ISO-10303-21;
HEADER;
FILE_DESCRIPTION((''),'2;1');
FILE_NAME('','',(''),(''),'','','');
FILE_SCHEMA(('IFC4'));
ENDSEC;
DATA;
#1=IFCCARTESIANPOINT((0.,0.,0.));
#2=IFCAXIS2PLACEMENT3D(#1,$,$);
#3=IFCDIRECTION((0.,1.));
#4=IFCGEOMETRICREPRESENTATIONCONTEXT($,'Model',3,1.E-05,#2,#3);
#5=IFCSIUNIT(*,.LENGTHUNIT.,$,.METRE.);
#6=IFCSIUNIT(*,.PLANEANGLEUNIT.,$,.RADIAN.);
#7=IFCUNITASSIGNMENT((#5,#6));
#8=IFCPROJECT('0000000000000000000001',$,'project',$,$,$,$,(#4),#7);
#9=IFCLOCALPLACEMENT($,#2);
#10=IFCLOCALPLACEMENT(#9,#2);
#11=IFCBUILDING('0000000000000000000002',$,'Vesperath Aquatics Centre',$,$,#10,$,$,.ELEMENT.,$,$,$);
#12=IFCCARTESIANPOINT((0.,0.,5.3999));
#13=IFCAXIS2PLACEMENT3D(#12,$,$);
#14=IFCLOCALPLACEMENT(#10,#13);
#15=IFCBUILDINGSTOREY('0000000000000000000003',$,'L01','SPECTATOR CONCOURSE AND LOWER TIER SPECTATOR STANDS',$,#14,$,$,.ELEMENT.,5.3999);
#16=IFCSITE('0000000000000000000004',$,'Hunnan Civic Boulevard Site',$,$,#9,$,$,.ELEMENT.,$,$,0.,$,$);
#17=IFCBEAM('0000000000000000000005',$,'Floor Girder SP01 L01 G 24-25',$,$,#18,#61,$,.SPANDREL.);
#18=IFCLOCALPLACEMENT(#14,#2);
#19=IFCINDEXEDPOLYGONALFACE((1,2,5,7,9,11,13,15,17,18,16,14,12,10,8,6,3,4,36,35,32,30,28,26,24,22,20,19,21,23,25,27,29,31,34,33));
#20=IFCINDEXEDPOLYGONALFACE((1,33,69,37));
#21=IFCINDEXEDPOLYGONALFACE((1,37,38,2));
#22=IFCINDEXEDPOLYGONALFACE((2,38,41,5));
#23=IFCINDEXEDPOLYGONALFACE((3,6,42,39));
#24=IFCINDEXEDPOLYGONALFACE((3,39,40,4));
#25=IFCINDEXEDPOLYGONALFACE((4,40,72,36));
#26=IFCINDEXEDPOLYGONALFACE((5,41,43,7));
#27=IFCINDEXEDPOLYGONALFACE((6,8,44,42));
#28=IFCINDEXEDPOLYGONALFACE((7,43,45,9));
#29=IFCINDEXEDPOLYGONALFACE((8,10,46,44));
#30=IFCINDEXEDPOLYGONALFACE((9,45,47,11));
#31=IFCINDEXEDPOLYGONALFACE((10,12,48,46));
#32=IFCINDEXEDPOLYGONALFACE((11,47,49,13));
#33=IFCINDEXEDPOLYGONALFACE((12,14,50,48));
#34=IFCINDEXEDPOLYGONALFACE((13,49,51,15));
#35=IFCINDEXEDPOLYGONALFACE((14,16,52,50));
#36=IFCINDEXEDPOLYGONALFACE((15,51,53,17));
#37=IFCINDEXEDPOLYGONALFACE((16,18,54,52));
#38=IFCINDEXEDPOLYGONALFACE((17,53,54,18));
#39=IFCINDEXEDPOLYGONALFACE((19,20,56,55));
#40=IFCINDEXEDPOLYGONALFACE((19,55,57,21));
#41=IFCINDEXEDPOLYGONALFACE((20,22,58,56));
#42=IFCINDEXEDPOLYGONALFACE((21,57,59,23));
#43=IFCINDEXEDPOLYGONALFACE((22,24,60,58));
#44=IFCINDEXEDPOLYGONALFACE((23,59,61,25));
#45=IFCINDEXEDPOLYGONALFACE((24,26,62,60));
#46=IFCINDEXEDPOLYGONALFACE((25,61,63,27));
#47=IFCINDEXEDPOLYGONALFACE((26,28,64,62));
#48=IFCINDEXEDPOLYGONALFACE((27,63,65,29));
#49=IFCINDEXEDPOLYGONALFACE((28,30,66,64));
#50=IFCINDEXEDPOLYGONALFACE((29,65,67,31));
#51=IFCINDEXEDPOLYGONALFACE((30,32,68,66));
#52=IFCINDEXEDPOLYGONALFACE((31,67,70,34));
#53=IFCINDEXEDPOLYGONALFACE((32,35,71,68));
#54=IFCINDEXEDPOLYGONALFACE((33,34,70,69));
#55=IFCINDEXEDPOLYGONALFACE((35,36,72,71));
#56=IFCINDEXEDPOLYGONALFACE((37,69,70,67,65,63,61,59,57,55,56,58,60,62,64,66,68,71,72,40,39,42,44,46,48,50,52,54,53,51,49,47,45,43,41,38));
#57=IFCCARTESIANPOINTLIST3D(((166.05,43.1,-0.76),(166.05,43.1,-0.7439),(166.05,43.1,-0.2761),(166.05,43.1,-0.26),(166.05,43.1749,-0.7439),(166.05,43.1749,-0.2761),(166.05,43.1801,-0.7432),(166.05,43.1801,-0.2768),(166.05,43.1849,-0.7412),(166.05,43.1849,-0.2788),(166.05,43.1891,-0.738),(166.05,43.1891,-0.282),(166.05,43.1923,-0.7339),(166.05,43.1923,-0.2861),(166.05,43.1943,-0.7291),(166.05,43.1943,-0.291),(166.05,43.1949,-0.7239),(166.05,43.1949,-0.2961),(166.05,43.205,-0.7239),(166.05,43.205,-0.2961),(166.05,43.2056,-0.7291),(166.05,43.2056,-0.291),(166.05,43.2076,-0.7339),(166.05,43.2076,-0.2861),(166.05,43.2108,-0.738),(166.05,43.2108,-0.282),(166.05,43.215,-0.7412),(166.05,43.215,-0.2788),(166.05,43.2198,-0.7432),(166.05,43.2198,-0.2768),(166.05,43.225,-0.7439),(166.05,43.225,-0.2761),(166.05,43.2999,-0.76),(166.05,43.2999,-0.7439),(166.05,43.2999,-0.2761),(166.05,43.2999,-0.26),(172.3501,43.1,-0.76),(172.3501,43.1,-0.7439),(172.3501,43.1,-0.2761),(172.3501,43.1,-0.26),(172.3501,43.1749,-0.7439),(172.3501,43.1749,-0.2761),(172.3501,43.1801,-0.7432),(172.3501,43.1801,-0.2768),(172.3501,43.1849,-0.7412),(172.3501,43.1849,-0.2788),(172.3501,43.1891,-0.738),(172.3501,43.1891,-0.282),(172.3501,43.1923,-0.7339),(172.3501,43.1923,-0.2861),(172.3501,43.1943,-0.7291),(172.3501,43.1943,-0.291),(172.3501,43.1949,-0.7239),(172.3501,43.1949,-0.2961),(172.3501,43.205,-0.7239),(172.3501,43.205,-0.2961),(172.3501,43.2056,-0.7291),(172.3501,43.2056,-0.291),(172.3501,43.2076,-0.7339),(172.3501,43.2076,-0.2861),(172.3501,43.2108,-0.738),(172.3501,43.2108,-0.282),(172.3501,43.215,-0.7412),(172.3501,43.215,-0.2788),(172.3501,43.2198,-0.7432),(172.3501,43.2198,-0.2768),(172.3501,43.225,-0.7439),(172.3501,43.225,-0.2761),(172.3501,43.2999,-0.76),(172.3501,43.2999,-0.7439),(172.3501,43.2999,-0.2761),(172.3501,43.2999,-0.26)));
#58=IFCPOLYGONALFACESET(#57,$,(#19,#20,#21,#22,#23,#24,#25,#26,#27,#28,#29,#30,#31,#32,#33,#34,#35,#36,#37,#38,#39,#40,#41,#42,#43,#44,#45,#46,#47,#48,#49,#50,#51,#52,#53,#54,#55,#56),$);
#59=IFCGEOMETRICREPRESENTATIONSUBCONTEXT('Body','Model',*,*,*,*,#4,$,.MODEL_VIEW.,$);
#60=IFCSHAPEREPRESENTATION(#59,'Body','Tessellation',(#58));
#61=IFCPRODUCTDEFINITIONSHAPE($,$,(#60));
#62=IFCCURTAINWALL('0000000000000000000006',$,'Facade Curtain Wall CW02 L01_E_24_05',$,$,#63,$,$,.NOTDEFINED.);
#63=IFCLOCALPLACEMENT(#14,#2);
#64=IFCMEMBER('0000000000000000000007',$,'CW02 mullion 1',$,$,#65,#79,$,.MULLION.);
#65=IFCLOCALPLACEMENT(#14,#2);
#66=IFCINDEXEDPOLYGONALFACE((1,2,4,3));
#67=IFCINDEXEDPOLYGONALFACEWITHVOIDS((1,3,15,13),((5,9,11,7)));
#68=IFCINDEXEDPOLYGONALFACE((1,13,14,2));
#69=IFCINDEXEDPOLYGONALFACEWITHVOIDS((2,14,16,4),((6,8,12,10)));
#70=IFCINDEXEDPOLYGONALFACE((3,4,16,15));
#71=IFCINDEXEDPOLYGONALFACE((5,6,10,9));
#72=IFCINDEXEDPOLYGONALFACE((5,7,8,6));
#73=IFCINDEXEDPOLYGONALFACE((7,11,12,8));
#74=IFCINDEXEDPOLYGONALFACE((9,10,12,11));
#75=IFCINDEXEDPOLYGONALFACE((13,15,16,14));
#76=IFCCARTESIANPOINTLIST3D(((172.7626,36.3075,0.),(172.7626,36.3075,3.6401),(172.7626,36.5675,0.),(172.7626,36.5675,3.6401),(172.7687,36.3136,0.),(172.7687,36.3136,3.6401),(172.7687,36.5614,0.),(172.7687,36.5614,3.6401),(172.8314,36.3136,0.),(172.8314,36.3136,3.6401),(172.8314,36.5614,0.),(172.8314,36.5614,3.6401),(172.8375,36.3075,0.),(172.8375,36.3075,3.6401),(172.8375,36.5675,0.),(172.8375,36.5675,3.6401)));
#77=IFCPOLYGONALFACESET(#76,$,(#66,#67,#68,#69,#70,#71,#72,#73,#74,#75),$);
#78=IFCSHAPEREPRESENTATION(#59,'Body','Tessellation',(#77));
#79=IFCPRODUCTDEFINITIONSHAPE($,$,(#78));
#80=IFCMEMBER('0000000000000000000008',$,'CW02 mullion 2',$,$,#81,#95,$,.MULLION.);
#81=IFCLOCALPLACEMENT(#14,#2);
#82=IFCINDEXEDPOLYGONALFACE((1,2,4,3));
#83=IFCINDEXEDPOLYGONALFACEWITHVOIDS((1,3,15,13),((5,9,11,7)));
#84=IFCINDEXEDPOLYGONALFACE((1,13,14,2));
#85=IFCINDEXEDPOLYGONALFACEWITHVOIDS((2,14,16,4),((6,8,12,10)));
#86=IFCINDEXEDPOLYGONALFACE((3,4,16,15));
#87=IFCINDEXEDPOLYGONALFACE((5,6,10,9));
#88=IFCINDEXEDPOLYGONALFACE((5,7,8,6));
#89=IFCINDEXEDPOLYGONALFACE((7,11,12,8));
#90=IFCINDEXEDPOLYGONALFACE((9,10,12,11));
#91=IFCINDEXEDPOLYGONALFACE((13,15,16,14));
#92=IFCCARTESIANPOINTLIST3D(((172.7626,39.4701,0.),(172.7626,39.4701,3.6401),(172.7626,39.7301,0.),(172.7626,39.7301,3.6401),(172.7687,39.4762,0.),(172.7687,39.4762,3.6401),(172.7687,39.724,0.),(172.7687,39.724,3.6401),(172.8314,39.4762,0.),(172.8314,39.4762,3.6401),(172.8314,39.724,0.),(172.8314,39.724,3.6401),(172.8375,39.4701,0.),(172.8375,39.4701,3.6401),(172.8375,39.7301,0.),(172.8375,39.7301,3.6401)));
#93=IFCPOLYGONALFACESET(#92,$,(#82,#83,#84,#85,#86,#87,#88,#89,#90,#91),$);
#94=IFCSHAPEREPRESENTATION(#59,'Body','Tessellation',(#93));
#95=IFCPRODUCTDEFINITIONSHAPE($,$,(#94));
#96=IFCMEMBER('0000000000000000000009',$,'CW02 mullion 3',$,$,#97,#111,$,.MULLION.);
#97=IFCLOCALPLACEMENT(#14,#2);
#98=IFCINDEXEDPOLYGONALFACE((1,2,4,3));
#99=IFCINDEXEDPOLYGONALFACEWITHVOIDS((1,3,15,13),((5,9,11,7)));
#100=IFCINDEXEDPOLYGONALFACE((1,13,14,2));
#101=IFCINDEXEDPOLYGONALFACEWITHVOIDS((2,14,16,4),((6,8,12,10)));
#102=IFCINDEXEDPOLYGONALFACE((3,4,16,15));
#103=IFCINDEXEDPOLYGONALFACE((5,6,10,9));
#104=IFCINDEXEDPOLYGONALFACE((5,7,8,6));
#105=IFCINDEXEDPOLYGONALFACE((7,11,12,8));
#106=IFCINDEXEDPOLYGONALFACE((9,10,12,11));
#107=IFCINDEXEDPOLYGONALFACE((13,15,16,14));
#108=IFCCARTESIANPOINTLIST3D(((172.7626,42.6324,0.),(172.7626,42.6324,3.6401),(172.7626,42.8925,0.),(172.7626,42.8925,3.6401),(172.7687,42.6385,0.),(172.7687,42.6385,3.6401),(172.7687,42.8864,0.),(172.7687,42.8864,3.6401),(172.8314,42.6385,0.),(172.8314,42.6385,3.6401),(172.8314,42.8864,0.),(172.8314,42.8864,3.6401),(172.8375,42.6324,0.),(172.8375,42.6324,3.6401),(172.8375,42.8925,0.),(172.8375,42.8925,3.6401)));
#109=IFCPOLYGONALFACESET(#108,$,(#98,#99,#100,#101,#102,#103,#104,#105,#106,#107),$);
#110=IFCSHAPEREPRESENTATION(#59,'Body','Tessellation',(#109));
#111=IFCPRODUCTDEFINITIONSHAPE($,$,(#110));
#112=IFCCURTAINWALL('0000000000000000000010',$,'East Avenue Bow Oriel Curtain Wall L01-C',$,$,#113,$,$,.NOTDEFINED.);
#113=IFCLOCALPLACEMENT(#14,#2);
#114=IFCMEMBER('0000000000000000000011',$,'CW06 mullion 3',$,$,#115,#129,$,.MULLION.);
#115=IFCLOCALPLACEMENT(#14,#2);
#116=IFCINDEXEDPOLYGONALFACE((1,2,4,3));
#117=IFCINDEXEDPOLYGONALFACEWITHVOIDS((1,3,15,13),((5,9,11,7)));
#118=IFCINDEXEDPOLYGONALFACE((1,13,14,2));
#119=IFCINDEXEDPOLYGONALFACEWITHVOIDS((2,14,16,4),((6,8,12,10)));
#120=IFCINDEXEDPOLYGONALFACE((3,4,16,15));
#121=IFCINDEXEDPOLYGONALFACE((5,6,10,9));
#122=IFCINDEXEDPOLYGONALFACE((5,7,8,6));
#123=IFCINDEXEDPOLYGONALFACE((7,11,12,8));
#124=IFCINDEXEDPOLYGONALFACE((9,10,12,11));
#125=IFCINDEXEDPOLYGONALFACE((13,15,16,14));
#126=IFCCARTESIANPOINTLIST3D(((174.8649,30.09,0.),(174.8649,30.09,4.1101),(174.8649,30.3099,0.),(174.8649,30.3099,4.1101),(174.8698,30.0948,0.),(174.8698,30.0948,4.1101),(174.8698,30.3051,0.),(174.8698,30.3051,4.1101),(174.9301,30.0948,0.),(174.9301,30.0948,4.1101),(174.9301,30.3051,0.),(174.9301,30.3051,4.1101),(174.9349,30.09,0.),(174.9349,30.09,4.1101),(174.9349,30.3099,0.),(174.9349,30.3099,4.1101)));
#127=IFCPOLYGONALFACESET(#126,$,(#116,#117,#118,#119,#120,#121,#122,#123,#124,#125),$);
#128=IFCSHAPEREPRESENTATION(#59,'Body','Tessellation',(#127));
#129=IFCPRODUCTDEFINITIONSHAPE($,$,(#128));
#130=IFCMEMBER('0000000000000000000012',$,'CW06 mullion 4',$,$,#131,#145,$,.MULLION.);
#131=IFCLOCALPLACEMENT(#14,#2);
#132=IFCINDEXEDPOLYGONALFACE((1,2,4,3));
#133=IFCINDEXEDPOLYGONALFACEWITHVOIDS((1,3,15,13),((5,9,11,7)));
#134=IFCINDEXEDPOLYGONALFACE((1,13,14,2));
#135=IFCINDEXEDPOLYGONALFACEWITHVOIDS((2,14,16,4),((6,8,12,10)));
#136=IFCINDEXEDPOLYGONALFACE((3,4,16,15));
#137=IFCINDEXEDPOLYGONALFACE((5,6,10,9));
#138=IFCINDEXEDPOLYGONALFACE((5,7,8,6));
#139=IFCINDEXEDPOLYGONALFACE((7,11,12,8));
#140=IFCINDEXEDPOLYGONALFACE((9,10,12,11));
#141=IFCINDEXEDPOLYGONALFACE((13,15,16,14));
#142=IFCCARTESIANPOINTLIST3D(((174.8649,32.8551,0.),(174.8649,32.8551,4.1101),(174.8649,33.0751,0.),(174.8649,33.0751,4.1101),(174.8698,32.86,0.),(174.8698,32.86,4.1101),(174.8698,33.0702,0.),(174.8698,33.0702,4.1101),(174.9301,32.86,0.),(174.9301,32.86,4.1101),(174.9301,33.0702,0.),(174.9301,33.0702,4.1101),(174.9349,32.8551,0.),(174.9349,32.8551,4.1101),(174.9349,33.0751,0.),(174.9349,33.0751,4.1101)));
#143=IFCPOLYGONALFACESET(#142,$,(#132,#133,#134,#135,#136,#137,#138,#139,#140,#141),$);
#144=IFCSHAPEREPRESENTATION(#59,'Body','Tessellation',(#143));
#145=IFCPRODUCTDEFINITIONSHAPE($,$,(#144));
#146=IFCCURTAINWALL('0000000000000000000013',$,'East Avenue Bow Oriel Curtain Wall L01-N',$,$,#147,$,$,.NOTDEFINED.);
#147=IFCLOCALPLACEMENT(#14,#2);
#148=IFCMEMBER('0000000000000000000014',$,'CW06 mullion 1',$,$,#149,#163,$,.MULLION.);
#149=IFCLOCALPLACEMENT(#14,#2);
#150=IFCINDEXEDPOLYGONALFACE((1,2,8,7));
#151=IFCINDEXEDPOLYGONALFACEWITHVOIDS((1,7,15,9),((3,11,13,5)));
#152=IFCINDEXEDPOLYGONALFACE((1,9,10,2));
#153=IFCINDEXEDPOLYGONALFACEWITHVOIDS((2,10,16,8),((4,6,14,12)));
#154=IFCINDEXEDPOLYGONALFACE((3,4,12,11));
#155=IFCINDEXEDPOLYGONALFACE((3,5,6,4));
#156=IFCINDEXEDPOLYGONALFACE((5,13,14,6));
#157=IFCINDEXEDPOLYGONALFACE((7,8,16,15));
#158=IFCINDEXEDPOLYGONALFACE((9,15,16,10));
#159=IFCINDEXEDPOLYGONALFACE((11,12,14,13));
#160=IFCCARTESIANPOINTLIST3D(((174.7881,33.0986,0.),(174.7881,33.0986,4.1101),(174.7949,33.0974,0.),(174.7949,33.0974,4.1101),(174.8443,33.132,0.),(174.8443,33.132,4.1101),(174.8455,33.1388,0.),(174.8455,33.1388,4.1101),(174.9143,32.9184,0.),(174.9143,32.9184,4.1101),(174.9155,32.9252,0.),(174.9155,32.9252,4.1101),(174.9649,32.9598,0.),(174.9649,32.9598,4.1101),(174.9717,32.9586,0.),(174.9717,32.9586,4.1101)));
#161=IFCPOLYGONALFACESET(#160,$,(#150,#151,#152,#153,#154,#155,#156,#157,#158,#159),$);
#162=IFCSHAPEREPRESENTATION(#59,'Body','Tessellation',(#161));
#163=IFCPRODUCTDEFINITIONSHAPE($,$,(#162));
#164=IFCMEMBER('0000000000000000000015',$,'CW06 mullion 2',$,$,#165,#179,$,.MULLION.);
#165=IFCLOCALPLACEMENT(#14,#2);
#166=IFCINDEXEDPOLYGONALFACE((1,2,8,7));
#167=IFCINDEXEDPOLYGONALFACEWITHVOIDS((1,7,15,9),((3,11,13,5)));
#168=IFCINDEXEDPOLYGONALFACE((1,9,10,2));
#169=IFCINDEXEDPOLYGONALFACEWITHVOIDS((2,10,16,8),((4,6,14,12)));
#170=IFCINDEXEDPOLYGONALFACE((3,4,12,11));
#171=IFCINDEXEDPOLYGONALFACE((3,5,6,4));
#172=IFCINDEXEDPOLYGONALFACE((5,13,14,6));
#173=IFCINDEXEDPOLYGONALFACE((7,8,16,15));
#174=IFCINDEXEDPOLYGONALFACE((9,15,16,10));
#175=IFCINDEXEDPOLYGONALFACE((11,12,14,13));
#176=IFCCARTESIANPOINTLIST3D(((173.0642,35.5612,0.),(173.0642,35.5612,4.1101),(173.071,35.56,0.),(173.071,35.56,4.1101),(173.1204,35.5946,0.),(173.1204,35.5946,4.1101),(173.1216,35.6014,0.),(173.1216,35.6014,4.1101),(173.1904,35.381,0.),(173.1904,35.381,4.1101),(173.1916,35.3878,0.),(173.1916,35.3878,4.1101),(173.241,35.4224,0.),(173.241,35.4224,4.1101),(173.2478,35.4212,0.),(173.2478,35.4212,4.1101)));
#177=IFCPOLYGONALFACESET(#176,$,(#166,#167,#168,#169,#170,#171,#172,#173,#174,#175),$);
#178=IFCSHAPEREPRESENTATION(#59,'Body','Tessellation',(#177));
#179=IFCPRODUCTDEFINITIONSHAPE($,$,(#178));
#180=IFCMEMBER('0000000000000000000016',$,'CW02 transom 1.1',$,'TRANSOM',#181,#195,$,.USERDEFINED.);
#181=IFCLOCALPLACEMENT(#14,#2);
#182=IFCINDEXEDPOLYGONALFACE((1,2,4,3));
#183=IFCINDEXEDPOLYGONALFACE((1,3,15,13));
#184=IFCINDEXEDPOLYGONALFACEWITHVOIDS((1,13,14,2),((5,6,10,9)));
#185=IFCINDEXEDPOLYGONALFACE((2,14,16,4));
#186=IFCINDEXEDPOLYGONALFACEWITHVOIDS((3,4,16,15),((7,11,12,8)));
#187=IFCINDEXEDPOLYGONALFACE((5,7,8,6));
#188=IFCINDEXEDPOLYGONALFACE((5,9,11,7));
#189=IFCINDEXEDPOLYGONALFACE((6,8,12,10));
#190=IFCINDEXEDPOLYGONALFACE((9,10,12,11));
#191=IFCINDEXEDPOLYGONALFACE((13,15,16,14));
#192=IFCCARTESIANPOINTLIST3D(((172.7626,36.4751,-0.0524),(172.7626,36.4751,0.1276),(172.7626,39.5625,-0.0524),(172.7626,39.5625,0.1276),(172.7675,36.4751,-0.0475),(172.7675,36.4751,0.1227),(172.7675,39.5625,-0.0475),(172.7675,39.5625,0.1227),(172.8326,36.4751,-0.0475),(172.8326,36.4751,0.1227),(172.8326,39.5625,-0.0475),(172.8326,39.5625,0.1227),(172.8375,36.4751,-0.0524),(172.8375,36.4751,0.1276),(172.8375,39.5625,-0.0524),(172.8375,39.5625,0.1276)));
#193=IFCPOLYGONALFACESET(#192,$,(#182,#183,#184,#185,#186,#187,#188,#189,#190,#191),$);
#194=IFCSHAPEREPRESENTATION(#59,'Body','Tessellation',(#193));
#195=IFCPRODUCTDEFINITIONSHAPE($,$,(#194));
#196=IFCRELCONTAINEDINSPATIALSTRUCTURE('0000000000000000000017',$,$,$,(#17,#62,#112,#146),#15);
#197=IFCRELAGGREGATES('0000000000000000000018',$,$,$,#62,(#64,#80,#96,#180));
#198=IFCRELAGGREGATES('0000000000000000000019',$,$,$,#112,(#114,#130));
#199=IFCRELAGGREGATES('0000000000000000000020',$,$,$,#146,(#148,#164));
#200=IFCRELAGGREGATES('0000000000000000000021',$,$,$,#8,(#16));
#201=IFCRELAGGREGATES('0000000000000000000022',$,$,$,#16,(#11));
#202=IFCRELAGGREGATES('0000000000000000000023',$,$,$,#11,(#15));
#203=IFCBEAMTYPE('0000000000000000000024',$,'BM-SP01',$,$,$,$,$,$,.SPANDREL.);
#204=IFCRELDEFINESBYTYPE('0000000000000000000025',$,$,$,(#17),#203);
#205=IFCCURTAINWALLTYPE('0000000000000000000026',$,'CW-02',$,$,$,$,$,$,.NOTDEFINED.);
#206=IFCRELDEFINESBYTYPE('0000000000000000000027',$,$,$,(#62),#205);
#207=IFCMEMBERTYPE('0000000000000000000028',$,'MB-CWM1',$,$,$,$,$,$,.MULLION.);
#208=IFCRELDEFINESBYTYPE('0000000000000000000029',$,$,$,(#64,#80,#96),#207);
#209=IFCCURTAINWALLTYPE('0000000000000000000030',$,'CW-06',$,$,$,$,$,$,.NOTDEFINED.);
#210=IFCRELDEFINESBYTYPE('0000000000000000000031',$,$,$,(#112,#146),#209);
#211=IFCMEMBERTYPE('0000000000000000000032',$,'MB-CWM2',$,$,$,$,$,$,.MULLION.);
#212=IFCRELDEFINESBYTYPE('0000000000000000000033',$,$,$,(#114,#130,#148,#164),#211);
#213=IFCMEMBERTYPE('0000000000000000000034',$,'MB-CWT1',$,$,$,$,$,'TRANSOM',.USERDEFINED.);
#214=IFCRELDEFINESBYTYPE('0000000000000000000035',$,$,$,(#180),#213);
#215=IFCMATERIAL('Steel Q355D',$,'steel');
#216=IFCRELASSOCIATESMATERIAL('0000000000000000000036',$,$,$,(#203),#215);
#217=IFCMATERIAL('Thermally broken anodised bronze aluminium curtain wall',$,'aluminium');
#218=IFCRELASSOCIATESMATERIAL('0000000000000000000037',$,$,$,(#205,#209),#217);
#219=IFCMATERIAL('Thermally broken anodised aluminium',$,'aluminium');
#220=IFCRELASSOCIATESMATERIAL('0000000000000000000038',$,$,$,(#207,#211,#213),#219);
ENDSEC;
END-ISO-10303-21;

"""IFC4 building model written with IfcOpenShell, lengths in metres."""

from ifc_helpers import new_model, si_unit, direction, frame, origin, origin_2d, place, context, subcontext, project, spatial, hollow_rectangle, i_section, extrude, material, material_profile, profile_set, type_object, element, aggregate, save


model = new_model("IFC4")

# Units and contexts
model_context = context("Model", 3, precision=1e-05, world=origin(), true_north=direction((0.0, 1.0)))
body_context = subcontext(model_context, "Body", "Model", "MODEL_VIEW")
ifc_project = project(units=[si_unit("LENGTHUNIT", "METRE"), si_unit("PLANEANGLEUNIT", "RADIAN")], contexts=[model_context])

# Site, building, storey
site_placement = place(None, origin())
site = spatial("IfcSite", under=ifc_project, at=site_placement, Name="Hunnan Civic Boulevard Site", CompositionType="ELEMENT", RefElevation=0.0)
building_placement = place(site_placement, origin())
building = spatial("IfcBuilding", under=site, at=building_placement, Name="Vesperath Aquatics Centre", CompositionType="ELEMENT")
storey_placement = place(building_placement, frame((0.0, 0.0, 5.3999)))
storey = spatial("IfcBuildingStorey", under=building, at=storey_placement, Name="L01", Description="SPECTATOR CONCOURSE AND LOWER TIER SPECTATOR STANDS", CompositionType="ELEMENT", Elevation=5.3999)

# Beam
ifc_material_1 = material(Name="Steel Q355D", Category="steel")
ifc_material_profile_1 = material_profile(ifc_material_1, i_section(OverallWidth=0.2, OverallDepth=0.5, WebThickness=0.01, FlangeThickness=0.0161, FilletRadius=0.02, at=origin_2d()), Name="HN 500x200x10x16")
ifc_profile_set_1 = profile_set([ifc_material_profile_1], Name="Steel Q355D")
beam_type_1 = type_object("IfcBeamType", Name="BM-SP01", PredefinedType="SPANDREL", material=ifc_profile_set_1)
beam_1_placement = place(storey_placement, frame((166.05, 43.2, -0.51), z_axis=(1.0, 0.0, 0.0), x_axis=(0.0, 1.0, 0.0)))
element("IfcBeam", 1, at=beam_1_placement, inside=storey, type_object=beam_type_1, Name="Floor Girder SP01 L01 G 24-25", PredefinedType="SPANDREL", context=body_context, shape_type="SweptSolid", body=[
    extrude(i_section(OverallWidth=0.2, OverallDepth=0.5, WebThickness=0.01, FlangeThickness=0.0161, FilletRadius=0.02, at=origin_2d()), origin(), (0.0, 0.0, 1.0), 6.3),
])

# Curtain walls, members
ifc_material_2 = material(Name="Thermally broken anodised bronze aluminium curtain wall", Category="aluminium")
curtain_wall_type_1 = type_object("IfcCurtainWallType", Name="CW-02", PredefinedType="NOTDEFINED", material=ifc_material_2)
curtain_wall_1_placement = place(storey_placement, origin())
curtain_wall_1 = element("IfcCurtainWall", 2, at=curtain_wall_1_placement, inside=storey, type_object=curtain_wall_type_1, Name="Facade Curtain Wall CW02 L01_E_24_05", PredefinedType="NOTDEFINED")
ifc_material_3 = material(Name="Thermally broken anodised aluminium", Category="aluminium")
ifc_material_profile_2 = material_profile(ifc_material_3, hollow_rectangle(XDim=0.075, YDim=0.26, WallThickness=0.0061, at=origin_2d()), Name="CWM 75x260x6")
ifc_profile_set_2 = profile_set([ifc_material_profile_2], Name="Thermally broken anodised aluminium")
member_type_1 = type_object("IfcMemberType", Name="MB-CWM1", PredefinedType="MULLION", material=ifc_profile_set_2)
member_1_placement = place(storey_placement, frame((172.8, 36.4375, 0.0), z_axis=(0.0, 0.0, 1.0), x_axis=(-1.0, 0.0, 0.0)))
member_1 = element("IfcMember", 3, at=member_1_placement, type_object=member_type_1, Name="CW02 mullion 1", PredefinedType="MULLION", context=body_context, shape_type="SweptSolid", body=[
    extrude(hollow_rectangle(XDim=0.075, YDim=0.26, WallThickness=0.0061, at=origin_2d()), origin(), (0.0, 0.0, 1.0), 3.6401),
])
member_2_placement = place(storey_placement, frame((172.8, 39.6001, 0.0), z_axis=(0.0, 0.0, 1.0), x_axis=(-1.0, 0.0, 0.0)))
member_2 = element("IfcMember", 4, at=member_2_placement, type_object=member_type_1, Name="CW02 mullion 2", PredefinedType="MULLION", context=body_context, shape_type="SweptSolid", body=[
    extrude(hollow_rectangle(XDim=0.075, YDim=0.26, WallThickness=0.0061, at=origin_2d()), origin(), (0.0, 0.0, 1.0), 3.6401),
])
member_3_placement = place(storey_placement, frame((172.8, 42.7625, 0.0), z_axis=(0.0, 0.0, 1.0), x_axis=(-1.0, 0.0, 0.0)))
member_3 = element("IfcMember", 5, at=member_3_placement, type_object=member_type_1, Name="CW02 mullion 3", PredefinedType="MULLION", context=body_context, shape_type="SweptSolid", body=[
    extrude(hollow_rectangle(XDim=0.075, YDim=0.26, WallThickness=0.0061, at=origin_2d()), origin(), (0.0, 0.0, 1.0), 3.6401),
])
curtain_wall_type_2 = type_object("IfcCurtainWallType", Name="CW-06", PredefinedType="NOTDEFINED", material=ifc_material_2)
curtain_wall_2_placement = place(storey_placement, origin())
curtain_wall_2 = element("IfcCurtainWall", 6, at=curtain_wall_2_placement, inside=storey, type_object=curtain_wall_type_2, Name="East Avenue Bow Oriel Curtain Wall L01-C", PredefinedType="NOTDEFINED")
ifc_material_profile_3 = material_profile(ifc_material_3, hollow_rectangle(XDim=0.0701, YDim=0.22, WallThickness=0.0049, at=origin_2d()), Name="CWM 70x220x5")
ifc_profile_set_3 = profile_set([ifc_material_profile_3], Name="Thermally broken anodised aluminium")
member_type_2 = type_object("IfcMemberType", Name="MB-CWM2", PredefinedType="MULLION", material=ifc_profile_set_3)
member_4_placement = place(storey_placement, frame((174.8999, 30.2, 0.0), z_axis=(0.0, 0.0, 1.0), x_axis=(-1.0, 0.0, 0.0)))
member_4 = element("IfcMember", 7, at=member_4_placement, type_object=member_type_2, Name="CW06 mullion 3", PredefinedType="MULLION", context=body_context, shape_type="SweptSolid", body=[
    extrude(hollow_rectangle(XDim=0.0701, YDim=0.22, WallThickness=0.0049, at=origin_2d()), origin(), (0.0, 0.0, 1.0), 4.1101),
])
member_5_placement = place(storey_placement, frame((174.8999, 32.9651, 0.0), z_axis=(0.0, 0.0, 1.0), x_axis=(-1.0, 0.0, 0.0)))
member_5 = element("IfcMember", 8, at=member_5_placement, type_object=member_type_2, Name="CW06 mullion 4", PredefinedType="MULLION", context=body_context, shape_type="SweptSolid", body=[
    extrude(hollow_rectangle(XDim=0.0701, YDim=0.22, WallThickness=0.0049, at=origin_2d()), origin(), (0.0, 0.0, 1.0), 4.1101),
])
curtain_wall_3_placement = place(storey_placement, origin())
curtain_wall_3 = element("IfcCurtainWall", 9, at=curtain_wall_3_placement, inside=storey, type_object=curtain_wall_type_2, Name="East Avenue Bow Oriel Curtain Wall L01-N", PredefinedType="NOTDEFINED")
member_6_placement = place(storey_placement, frame((174.8799, 33.0286, 0.0), z_axis=(0.0, 0.0, 1.0), x_axis=(-0.819232, -0.573462, 0.0)))
member_6 = element("IfcMember", 10, at=member_6_placement, type_object=member_type_2, Name="CW06 mullion 1", PredefinedType="MULLION", context=body_context, shape_type="SweptSolid", body=[
    extrude(hollow_rectangle(XDim=0.0701, YDim=0.22, WallThickness=0.0049, at=origin_2d()), origin(), (0.0, 0.0, 1.0), 4.1101),
])
member_7_placement = place(storey_placement, frame((173.156, 35.4912, 0.0), z_axis=(0.0, 0.0, 1.0), x_axis=(-0.819232, -0.573462, 0.0)))
member_7 = element("IfcMember", 11, at=member_7_placement, type_object=member_type_2, Name="CW06 mullion 2", PredefinedType="MULLION", context=body_context, shape_type="SweptSolid", body=[
    extrude(hollow_rectangle(XDim=0.0701, YDim=0.22, WallThickness=0.0049, at=origin_2d()), origin(), (0.0, 0.0, 1.0), 4.1101),
])

# Member
ifc_material_profile_4 = material_profile(ifc_material_3, hollow_rectangle(XDim=0.075, YDim=0.1799, WallThickness=0.0049, at=origin_2d()), Name="CWT 75x180x5")
ifc_profile_set_4 = profile_set([ifc_material_profile_4], Name="Thermally broken anodised aluminium")
member_type_3 = type_object("IfcMemberType", Name="MB-CWT1", ElementType="TRANSOM", PredefinedType="USERDEFINED", material=ifc_profile_set_4)
member_8_placement = place(storey_placement, frame((172.8, 36.4751, 0.0376), z_axis=(0.0, 1.0, 0.0), x_axis=(-1.0, 0.0, 0.0)))
member_8 = element("IfcMember", 12, at=member_8_placement, type_object=member_type_3, Name="CW02 transom 1.1", ObjectType="TRANSOM", PredefinedType="USERDEFINED", context=body_context, shape_type="SweptSolid", body=[
    extrude(hollow_rectangle(XDim=0.075, YDim=0.1799, WallThickness=0.0049, at=origin_2d()), origin(), (0.0, 0.0, 1.0), 3.0874),
])

aggregate(curtain_wall_1, [member_1, member_2, member_3, member_8])
aggregate(curtain_wall_2, [member_4, member_5])
aggregate(curtain_wall_3, [member_6, member_7])

save(model, "model.ifc")
